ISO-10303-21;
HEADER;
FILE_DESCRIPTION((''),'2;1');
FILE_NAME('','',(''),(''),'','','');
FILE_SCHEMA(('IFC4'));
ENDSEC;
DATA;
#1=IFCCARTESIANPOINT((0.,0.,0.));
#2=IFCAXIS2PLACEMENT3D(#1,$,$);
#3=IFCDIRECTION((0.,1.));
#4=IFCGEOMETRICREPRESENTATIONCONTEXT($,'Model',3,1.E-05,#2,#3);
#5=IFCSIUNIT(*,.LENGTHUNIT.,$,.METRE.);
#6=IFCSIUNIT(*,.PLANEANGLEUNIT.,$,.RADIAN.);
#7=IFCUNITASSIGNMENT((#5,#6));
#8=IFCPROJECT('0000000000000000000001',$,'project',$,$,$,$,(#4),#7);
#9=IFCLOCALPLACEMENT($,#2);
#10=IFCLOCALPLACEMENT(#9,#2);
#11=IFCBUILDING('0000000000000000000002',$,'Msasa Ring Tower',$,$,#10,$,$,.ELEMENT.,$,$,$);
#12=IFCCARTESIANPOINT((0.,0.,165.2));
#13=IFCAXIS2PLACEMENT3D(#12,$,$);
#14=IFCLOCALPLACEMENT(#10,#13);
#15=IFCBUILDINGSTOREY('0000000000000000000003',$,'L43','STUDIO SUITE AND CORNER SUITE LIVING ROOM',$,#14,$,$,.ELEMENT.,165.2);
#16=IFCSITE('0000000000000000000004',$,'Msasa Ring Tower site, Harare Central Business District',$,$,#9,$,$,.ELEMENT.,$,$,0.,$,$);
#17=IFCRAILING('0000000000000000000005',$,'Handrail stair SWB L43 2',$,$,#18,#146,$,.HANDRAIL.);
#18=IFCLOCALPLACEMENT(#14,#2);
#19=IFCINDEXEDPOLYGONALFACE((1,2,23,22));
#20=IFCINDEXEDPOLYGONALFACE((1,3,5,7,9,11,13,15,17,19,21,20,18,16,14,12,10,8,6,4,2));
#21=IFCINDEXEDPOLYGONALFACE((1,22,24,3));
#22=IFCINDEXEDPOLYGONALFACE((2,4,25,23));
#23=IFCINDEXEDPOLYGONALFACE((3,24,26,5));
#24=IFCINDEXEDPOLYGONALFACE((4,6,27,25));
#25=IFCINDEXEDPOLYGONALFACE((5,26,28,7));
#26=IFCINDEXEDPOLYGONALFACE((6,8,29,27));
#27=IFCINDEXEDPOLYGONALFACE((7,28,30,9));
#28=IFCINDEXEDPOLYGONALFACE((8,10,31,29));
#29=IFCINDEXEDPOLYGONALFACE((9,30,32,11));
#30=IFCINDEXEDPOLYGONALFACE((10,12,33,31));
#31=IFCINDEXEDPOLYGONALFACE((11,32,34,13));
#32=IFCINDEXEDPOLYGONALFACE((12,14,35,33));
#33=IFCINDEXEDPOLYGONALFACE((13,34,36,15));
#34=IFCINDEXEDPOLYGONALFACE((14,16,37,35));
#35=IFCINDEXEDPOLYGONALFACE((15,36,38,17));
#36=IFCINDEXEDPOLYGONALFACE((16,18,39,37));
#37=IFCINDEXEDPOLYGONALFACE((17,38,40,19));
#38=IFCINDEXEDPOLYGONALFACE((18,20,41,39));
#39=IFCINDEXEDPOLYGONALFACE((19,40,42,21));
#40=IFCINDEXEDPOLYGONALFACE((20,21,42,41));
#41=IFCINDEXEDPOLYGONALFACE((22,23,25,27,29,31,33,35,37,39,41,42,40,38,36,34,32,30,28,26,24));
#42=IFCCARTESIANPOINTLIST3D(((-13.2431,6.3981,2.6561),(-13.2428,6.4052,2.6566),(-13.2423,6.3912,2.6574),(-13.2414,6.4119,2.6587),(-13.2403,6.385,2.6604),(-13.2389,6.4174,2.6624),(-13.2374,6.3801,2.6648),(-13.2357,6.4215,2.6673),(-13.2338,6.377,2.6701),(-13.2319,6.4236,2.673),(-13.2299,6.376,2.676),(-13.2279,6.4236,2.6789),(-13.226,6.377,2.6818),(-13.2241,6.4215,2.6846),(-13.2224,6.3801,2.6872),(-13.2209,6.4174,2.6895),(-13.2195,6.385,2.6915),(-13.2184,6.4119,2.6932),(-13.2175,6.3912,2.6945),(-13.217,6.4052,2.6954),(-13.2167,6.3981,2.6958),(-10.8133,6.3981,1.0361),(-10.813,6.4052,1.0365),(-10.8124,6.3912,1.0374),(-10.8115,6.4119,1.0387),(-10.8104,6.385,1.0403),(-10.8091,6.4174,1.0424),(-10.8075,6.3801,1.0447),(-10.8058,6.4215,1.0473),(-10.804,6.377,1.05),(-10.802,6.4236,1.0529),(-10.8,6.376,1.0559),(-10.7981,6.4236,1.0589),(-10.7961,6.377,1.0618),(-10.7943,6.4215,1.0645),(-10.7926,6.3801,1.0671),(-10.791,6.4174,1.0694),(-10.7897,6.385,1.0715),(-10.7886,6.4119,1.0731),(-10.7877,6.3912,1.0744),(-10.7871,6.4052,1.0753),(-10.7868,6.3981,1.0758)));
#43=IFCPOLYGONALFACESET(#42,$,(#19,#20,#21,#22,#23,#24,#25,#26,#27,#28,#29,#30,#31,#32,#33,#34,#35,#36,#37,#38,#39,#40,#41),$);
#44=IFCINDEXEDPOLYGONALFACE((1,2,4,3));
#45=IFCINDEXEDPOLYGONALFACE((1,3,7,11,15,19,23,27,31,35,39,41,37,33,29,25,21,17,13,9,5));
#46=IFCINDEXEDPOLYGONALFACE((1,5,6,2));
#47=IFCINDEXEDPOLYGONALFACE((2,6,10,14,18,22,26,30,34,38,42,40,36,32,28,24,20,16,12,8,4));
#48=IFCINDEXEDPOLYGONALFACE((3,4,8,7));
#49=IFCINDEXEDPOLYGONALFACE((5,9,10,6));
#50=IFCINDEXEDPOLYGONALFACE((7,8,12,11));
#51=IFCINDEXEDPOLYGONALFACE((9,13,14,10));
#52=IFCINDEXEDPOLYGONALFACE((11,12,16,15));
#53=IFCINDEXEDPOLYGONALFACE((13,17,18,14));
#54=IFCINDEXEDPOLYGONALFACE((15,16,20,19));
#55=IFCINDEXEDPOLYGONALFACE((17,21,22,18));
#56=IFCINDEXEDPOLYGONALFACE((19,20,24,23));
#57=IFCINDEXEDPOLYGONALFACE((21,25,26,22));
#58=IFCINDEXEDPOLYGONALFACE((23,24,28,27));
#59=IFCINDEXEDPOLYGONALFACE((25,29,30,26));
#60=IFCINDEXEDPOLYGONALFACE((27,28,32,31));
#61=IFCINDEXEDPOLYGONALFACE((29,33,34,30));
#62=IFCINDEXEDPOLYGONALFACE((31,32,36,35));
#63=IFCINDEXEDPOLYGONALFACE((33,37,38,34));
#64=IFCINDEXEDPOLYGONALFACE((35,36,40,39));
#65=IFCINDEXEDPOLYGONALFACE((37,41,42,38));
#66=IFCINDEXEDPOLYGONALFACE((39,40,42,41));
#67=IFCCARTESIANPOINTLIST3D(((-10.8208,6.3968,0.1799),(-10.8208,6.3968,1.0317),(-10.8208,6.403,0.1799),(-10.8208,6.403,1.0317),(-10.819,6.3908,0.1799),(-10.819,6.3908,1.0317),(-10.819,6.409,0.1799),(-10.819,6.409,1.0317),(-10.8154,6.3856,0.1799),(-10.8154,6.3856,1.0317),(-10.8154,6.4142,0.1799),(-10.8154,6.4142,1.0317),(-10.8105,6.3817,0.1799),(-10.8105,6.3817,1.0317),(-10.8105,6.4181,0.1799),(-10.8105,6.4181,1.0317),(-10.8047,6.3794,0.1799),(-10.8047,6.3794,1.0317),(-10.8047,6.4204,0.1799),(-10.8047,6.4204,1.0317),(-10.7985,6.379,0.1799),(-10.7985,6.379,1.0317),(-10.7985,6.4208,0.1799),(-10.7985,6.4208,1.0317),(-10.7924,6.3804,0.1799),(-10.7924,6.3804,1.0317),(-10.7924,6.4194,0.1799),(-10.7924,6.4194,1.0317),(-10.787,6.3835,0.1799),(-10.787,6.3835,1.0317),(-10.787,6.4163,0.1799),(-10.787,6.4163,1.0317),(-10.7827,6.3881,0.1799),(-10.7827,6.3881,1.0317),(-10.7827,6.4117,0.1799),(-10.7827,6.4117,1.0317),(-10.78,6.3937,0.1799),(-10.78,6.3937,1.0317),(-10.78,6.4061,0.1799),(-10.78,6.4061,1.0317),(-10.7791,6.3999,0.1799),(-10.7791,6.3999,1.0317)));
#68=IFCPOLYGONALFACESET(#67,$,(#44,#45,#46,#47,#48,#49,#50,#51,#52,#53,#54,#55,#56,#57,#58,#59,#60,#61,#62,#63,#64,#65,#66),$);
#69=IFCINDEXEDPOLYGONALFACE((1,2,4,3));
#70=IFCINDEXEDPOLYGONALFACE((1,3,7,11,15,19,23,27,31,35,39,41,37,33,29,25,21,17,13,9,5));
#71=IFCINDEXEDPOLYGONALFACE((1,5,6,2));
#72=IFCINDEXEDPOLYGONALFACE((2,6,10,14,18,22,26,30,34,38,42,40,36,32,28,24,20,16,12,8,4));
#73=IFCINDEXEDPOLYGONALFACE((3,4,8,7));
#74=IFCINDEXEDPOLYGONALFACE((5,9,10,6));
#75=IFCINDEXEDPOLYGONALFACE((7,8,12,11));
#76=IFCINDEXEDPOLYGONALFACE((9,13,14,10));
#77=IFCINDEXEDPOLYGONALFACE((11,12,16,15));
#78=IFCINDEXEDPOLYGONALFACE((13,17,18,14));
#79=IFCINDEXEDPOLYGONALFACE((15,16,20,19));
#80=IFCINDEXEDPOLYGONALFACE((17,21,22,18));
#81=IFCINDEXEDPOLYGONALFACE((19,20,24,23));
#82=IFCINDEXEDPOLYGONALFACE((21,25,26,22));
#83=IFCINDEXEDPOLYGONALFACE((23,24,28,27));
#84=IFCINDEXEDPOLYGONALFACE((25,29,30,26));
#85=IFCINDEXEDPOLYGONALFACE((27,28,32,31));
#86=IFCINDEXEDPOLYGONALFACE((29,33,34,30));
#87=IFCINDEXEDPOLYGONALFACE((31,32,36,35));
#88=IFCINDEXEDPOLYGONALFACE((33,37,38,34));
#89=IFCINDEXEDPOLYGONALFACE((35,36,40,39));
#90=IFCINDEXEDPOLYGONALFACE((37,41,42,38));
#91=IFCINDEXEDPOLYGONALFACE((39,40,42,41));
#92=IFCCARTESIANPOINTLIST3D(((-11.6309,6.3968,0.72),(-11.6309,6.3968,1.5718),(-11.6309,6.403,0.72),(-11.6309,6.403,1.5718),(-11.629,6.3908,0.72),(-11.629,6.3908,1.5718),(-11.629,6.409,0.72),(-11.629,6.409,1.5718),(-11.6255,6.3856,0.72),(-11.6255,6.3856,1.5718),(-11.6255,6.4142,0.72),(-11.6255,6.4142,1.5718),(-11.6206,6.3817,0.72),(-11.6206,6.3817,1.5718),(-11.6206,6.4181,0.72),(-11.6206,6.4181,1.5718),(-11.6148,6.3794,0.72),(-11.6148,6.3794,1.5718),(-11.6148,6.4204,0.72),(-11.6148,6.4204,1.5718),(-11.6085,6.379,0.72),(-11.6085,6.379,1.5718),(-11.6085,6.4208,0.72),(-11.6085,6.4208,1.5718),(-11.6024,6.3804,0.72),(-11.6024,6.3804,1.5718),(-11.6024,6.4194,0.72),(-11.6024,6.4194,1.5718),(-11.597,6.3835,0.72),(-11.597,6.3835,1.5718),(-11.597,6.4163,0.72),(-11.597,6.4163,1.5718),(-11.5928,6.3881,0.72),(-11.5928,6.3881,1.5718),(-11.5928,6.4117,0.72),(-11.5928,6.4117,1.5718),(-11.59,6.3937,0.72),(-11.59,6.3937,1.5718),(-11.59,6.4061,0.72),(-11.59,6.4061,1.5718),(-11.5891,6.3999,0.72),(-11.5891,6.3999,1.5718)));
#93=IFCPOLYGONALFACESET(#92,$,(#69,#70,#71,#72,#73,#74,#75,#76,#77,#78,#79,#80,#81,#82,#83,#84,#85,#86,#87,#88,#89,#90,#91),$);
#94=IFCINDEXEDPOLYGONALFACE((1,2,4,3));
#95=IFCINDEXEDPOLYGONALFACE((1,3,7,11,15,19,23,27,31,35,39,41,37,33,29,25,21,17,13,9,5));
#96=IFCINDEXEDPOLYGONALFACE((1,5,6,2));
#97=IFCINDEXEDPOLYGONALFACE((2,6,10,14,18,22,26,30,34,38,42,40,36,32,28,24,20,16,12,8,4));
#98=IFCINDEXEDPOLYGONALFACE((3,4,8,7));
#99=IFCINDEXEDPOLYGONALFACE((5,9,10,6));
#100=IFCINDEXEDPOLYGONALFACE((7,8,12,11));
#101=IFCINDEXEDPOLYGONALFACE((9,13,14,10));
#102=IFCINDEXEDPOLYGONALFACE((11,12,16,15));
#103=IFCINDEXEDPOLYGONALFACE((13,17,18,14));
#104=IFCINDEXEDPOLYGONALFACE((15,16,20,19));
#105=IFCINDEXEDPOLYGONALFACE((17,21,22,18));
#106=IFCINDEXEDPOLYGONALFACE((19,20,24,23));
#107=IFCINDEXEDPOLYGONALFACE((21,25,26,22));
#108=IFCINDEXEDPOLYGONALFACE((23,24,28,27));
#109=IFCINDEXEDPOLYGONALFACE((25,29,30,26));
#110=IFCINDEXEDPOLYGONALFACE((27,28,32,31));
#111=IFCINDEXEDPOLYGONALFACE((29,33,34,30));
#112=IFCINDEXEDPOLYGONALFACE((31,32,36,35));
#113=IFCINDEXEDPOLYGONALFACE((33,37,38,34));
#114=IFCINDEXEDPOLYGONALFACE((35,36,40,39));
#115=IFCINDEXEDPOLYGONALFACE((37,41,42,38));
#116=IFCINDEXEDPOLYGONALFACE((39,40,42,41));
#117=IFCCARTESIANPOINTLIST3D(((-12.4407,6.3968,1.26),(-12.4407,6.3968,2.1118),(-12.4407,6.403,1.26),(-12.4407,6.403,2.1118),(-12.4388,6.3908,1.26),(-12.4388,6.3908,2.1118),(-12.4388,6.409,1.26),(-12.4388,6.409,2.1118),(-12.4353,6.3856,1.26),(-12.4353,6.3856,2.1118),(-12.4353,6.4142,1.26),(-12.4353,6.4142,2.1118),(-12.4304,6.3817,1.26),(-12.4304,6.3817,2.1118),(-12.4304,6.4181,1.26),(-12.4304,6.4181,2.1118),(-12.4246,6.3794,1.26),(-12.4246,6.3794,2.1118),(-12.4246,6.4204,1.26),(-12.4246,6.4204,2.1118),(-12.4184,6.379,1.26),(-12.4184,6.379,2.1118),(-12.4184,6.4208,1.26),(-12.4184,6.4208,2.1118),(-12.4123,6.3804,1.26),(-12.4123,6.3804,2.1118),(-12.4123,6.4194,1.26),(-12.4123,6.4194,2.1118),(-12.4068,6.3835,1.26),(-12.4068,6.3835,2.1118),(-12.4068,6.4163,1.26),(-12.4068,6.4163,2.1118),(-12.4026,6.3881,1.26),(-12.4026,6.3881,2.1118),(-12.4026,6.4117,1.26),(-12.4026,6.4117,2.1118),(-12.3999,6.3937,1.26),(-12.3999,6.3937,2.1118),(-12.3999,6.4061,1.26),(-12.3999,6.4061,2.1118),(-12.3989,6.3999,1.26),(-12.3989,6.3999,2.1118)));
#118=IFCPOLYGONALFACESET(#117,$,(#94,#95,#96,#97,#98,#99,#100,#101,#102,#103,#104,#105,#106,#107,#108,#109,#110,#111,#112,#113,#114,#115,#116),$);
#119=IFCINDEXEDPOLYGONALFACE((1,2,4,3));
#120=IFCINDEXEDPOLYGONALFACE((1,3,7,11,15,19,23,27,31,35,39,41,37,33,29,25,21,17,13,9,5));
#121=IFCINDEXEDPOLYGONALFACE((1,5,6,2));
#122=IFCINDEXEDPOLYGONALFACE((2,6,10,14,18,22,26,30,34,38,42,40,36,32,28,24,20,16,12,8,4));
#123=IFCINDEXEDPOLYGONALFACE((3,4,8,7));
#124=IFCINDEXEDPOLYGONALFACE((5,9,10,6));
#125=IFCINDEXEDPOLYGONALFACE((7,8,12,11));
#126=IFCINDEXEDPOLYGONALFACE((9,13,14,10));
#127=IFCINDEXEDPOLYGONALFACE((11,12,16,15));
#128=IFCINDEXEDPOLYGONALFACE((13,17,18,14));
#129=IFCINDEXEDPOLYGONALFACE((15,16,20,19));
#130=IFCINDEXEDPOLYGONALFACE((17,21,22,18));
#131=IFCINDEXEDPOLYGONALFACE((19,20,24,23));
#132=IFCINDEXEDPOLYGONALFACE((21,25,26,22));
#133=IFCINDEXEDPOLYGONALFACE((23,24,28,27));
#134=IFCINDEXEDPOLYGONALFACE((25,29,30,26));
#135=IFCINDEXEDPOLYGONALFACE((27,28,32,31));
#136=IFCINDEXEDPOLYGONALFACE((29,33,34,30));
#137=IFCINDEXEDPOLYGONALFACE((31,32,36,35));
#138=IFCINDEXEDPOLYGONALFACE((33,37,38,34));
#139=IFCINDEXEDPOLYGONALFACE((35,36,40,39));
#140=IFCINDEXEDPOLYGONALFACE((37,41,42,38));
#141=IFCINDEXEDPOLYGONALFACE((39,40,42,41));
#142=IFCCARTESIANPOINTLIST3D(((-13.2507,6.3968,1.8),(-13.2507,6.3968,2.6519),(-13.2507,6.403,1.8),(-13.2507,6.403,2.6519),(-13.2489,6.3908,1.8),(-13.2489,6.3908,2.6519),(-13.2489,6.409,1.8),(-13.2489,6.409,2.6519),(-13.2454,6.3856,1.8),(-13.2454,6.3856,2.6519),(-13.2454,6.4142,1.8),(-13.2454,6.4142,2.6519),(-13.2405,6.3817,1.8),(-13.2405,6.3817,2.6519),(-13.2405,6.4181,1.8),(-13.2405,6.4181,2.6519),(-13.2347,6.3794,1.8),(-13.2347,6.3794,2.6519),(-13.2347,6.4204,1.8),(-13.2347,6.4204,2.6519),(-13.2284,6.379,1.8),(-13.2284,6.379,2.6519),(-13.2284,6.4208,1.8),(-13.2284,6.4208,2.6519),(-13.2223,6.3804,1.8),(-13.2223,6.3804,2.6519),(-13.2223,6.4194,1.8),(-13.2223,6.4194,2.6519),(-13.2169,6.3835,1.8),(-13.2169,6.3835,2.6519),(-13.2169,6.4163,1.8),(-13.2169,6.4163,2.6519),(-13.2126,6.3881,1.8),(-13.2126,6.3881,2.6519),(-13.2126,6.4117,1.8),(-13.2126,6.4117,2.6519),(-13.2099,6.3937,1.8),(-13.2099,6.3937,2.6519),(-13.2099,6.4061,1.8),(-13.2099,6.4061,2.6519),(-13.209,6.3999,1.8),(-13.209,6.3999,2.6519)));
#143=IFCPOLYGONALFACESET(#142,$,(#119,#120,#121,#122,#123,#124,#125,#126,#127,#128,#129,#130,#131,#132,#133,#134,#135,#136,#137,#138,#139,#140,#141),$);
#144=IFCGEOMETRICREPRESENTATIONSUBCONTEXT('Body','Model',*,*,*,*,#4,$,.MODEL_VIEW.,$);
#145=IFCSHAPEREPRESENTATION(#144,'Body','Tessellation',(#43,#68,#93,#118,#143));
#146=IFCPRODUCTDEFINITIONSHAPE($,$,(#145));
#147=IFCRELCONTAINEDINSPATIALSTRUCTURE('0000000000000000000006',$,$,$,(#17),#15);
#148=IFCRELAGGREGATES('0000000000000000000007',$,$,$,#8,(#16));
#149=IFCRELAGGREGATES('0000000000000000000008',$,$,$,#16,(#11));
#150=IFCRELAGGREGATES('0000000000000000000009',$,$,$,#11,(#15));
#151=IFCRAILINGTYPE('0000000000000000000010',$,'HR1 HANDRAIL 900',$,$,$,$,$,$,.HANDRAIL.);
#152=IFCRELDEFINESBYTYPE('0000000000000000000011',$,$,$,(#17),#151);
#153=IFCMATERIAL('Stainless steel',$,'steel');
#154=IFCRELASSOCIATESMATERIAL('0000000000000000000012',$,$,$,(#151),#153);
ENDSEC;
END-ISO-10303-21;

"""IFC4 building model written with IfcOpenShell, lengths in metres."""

from ifc_helpers import new_model, si_unit, direction, frame, origin, origin_2d, place, context, subcontext, project, spatial, circle, extrude, material, type_object, element, save


model = new_model("IFC4")

# Units and contexts
model_context = context("Model", 3, precision=1e-05, world=origin(), true_north=direction((0.0, 1.0)))
body_context = subcontext(model_context, "Body", "Model", "MODEL_VIEW")
ifc_project = project(units=[si_unit("LENGTHUNIT", "METRE"), si_unit("PLANEANGLEUNIT", "RADIAN")], contexts=[model_context])

# Site, building, storey
site_placement = place(None, origin())
site = spatial("IfcSite", under=ifc_project, at=site_placement, Name="Msasa Ring Tower site, Harare Central Business District", CompositionType="ELEMENT", RefElevation=0.0)
building_placement = place(site_placement, origin())
building = spatial("IfcBuilding", under=site, at=building_placement, Name="Msasa Ring Tower", CompositionType="ELEMENT")
storey_placement = place(building_placement, frame((0.0, 0.0, 165.2)))
storey = spatial("IfcBuildingStorey", under=building, at=storey_placement, Name="L43", Description="STUDIO SUITE AND CORNER SUITE LIVING ROOM", CompositionType="ELEMENT", Elevation=165.2)

# Railing
ifc_material_1 = material(Name="Stainless steel", Category="steel")
railing_type = type_object("IfcRailingType", Name="HR1 HANDRAIL 900", PredefinedType="HANDRAIL", material=ifc_material_1)
for number, where, name in (
    (1, (-10.8, 6.3999, 0.1799), "Handrail stair SWB L43 2"),
):
    element("IfcRailing", number, at=place(storey_placement, frame(where)), inside=storey, type_object=railing_type, Name=name, PredefinedType="HANDRAIL", context=body_context, shape_type="SweptSolid", body=[
        extrude(circle(Radius=0.0239, at=origin_2d()), frame((0.0, 0.0, 0.876), z_axis=(-0.832025, 0.0, 0.554739), x_axis=(0.0, -1.0, 0.0)), (0.0, 0.0, 1.0), 2.9204),
        extrude(circle(Radius=0.021, at=origin_2d()), origin(), (0.0, 0.0, 1.0), 0.8518),
        extrude(circle(Radius=0.021, at=origin_2d()), frame((-0.8101, 0.0, 0.54)), (0.0, 0.0, 1.0), 0.8518),
        extrude(circle(Radius=0.021, at=origin_2d()), frame((-1.6199, 0.0, 1.0801)), (0.0, 0.0, 1.0), 0.8518),
        extrude(circle(Radius=0.021, at=origin_2d()), frame((-2.4299, 0.0, 1.6201)), (0.0, 0.0, 1.0), 0.8518),
    ])

save(model, "model.ifc")
